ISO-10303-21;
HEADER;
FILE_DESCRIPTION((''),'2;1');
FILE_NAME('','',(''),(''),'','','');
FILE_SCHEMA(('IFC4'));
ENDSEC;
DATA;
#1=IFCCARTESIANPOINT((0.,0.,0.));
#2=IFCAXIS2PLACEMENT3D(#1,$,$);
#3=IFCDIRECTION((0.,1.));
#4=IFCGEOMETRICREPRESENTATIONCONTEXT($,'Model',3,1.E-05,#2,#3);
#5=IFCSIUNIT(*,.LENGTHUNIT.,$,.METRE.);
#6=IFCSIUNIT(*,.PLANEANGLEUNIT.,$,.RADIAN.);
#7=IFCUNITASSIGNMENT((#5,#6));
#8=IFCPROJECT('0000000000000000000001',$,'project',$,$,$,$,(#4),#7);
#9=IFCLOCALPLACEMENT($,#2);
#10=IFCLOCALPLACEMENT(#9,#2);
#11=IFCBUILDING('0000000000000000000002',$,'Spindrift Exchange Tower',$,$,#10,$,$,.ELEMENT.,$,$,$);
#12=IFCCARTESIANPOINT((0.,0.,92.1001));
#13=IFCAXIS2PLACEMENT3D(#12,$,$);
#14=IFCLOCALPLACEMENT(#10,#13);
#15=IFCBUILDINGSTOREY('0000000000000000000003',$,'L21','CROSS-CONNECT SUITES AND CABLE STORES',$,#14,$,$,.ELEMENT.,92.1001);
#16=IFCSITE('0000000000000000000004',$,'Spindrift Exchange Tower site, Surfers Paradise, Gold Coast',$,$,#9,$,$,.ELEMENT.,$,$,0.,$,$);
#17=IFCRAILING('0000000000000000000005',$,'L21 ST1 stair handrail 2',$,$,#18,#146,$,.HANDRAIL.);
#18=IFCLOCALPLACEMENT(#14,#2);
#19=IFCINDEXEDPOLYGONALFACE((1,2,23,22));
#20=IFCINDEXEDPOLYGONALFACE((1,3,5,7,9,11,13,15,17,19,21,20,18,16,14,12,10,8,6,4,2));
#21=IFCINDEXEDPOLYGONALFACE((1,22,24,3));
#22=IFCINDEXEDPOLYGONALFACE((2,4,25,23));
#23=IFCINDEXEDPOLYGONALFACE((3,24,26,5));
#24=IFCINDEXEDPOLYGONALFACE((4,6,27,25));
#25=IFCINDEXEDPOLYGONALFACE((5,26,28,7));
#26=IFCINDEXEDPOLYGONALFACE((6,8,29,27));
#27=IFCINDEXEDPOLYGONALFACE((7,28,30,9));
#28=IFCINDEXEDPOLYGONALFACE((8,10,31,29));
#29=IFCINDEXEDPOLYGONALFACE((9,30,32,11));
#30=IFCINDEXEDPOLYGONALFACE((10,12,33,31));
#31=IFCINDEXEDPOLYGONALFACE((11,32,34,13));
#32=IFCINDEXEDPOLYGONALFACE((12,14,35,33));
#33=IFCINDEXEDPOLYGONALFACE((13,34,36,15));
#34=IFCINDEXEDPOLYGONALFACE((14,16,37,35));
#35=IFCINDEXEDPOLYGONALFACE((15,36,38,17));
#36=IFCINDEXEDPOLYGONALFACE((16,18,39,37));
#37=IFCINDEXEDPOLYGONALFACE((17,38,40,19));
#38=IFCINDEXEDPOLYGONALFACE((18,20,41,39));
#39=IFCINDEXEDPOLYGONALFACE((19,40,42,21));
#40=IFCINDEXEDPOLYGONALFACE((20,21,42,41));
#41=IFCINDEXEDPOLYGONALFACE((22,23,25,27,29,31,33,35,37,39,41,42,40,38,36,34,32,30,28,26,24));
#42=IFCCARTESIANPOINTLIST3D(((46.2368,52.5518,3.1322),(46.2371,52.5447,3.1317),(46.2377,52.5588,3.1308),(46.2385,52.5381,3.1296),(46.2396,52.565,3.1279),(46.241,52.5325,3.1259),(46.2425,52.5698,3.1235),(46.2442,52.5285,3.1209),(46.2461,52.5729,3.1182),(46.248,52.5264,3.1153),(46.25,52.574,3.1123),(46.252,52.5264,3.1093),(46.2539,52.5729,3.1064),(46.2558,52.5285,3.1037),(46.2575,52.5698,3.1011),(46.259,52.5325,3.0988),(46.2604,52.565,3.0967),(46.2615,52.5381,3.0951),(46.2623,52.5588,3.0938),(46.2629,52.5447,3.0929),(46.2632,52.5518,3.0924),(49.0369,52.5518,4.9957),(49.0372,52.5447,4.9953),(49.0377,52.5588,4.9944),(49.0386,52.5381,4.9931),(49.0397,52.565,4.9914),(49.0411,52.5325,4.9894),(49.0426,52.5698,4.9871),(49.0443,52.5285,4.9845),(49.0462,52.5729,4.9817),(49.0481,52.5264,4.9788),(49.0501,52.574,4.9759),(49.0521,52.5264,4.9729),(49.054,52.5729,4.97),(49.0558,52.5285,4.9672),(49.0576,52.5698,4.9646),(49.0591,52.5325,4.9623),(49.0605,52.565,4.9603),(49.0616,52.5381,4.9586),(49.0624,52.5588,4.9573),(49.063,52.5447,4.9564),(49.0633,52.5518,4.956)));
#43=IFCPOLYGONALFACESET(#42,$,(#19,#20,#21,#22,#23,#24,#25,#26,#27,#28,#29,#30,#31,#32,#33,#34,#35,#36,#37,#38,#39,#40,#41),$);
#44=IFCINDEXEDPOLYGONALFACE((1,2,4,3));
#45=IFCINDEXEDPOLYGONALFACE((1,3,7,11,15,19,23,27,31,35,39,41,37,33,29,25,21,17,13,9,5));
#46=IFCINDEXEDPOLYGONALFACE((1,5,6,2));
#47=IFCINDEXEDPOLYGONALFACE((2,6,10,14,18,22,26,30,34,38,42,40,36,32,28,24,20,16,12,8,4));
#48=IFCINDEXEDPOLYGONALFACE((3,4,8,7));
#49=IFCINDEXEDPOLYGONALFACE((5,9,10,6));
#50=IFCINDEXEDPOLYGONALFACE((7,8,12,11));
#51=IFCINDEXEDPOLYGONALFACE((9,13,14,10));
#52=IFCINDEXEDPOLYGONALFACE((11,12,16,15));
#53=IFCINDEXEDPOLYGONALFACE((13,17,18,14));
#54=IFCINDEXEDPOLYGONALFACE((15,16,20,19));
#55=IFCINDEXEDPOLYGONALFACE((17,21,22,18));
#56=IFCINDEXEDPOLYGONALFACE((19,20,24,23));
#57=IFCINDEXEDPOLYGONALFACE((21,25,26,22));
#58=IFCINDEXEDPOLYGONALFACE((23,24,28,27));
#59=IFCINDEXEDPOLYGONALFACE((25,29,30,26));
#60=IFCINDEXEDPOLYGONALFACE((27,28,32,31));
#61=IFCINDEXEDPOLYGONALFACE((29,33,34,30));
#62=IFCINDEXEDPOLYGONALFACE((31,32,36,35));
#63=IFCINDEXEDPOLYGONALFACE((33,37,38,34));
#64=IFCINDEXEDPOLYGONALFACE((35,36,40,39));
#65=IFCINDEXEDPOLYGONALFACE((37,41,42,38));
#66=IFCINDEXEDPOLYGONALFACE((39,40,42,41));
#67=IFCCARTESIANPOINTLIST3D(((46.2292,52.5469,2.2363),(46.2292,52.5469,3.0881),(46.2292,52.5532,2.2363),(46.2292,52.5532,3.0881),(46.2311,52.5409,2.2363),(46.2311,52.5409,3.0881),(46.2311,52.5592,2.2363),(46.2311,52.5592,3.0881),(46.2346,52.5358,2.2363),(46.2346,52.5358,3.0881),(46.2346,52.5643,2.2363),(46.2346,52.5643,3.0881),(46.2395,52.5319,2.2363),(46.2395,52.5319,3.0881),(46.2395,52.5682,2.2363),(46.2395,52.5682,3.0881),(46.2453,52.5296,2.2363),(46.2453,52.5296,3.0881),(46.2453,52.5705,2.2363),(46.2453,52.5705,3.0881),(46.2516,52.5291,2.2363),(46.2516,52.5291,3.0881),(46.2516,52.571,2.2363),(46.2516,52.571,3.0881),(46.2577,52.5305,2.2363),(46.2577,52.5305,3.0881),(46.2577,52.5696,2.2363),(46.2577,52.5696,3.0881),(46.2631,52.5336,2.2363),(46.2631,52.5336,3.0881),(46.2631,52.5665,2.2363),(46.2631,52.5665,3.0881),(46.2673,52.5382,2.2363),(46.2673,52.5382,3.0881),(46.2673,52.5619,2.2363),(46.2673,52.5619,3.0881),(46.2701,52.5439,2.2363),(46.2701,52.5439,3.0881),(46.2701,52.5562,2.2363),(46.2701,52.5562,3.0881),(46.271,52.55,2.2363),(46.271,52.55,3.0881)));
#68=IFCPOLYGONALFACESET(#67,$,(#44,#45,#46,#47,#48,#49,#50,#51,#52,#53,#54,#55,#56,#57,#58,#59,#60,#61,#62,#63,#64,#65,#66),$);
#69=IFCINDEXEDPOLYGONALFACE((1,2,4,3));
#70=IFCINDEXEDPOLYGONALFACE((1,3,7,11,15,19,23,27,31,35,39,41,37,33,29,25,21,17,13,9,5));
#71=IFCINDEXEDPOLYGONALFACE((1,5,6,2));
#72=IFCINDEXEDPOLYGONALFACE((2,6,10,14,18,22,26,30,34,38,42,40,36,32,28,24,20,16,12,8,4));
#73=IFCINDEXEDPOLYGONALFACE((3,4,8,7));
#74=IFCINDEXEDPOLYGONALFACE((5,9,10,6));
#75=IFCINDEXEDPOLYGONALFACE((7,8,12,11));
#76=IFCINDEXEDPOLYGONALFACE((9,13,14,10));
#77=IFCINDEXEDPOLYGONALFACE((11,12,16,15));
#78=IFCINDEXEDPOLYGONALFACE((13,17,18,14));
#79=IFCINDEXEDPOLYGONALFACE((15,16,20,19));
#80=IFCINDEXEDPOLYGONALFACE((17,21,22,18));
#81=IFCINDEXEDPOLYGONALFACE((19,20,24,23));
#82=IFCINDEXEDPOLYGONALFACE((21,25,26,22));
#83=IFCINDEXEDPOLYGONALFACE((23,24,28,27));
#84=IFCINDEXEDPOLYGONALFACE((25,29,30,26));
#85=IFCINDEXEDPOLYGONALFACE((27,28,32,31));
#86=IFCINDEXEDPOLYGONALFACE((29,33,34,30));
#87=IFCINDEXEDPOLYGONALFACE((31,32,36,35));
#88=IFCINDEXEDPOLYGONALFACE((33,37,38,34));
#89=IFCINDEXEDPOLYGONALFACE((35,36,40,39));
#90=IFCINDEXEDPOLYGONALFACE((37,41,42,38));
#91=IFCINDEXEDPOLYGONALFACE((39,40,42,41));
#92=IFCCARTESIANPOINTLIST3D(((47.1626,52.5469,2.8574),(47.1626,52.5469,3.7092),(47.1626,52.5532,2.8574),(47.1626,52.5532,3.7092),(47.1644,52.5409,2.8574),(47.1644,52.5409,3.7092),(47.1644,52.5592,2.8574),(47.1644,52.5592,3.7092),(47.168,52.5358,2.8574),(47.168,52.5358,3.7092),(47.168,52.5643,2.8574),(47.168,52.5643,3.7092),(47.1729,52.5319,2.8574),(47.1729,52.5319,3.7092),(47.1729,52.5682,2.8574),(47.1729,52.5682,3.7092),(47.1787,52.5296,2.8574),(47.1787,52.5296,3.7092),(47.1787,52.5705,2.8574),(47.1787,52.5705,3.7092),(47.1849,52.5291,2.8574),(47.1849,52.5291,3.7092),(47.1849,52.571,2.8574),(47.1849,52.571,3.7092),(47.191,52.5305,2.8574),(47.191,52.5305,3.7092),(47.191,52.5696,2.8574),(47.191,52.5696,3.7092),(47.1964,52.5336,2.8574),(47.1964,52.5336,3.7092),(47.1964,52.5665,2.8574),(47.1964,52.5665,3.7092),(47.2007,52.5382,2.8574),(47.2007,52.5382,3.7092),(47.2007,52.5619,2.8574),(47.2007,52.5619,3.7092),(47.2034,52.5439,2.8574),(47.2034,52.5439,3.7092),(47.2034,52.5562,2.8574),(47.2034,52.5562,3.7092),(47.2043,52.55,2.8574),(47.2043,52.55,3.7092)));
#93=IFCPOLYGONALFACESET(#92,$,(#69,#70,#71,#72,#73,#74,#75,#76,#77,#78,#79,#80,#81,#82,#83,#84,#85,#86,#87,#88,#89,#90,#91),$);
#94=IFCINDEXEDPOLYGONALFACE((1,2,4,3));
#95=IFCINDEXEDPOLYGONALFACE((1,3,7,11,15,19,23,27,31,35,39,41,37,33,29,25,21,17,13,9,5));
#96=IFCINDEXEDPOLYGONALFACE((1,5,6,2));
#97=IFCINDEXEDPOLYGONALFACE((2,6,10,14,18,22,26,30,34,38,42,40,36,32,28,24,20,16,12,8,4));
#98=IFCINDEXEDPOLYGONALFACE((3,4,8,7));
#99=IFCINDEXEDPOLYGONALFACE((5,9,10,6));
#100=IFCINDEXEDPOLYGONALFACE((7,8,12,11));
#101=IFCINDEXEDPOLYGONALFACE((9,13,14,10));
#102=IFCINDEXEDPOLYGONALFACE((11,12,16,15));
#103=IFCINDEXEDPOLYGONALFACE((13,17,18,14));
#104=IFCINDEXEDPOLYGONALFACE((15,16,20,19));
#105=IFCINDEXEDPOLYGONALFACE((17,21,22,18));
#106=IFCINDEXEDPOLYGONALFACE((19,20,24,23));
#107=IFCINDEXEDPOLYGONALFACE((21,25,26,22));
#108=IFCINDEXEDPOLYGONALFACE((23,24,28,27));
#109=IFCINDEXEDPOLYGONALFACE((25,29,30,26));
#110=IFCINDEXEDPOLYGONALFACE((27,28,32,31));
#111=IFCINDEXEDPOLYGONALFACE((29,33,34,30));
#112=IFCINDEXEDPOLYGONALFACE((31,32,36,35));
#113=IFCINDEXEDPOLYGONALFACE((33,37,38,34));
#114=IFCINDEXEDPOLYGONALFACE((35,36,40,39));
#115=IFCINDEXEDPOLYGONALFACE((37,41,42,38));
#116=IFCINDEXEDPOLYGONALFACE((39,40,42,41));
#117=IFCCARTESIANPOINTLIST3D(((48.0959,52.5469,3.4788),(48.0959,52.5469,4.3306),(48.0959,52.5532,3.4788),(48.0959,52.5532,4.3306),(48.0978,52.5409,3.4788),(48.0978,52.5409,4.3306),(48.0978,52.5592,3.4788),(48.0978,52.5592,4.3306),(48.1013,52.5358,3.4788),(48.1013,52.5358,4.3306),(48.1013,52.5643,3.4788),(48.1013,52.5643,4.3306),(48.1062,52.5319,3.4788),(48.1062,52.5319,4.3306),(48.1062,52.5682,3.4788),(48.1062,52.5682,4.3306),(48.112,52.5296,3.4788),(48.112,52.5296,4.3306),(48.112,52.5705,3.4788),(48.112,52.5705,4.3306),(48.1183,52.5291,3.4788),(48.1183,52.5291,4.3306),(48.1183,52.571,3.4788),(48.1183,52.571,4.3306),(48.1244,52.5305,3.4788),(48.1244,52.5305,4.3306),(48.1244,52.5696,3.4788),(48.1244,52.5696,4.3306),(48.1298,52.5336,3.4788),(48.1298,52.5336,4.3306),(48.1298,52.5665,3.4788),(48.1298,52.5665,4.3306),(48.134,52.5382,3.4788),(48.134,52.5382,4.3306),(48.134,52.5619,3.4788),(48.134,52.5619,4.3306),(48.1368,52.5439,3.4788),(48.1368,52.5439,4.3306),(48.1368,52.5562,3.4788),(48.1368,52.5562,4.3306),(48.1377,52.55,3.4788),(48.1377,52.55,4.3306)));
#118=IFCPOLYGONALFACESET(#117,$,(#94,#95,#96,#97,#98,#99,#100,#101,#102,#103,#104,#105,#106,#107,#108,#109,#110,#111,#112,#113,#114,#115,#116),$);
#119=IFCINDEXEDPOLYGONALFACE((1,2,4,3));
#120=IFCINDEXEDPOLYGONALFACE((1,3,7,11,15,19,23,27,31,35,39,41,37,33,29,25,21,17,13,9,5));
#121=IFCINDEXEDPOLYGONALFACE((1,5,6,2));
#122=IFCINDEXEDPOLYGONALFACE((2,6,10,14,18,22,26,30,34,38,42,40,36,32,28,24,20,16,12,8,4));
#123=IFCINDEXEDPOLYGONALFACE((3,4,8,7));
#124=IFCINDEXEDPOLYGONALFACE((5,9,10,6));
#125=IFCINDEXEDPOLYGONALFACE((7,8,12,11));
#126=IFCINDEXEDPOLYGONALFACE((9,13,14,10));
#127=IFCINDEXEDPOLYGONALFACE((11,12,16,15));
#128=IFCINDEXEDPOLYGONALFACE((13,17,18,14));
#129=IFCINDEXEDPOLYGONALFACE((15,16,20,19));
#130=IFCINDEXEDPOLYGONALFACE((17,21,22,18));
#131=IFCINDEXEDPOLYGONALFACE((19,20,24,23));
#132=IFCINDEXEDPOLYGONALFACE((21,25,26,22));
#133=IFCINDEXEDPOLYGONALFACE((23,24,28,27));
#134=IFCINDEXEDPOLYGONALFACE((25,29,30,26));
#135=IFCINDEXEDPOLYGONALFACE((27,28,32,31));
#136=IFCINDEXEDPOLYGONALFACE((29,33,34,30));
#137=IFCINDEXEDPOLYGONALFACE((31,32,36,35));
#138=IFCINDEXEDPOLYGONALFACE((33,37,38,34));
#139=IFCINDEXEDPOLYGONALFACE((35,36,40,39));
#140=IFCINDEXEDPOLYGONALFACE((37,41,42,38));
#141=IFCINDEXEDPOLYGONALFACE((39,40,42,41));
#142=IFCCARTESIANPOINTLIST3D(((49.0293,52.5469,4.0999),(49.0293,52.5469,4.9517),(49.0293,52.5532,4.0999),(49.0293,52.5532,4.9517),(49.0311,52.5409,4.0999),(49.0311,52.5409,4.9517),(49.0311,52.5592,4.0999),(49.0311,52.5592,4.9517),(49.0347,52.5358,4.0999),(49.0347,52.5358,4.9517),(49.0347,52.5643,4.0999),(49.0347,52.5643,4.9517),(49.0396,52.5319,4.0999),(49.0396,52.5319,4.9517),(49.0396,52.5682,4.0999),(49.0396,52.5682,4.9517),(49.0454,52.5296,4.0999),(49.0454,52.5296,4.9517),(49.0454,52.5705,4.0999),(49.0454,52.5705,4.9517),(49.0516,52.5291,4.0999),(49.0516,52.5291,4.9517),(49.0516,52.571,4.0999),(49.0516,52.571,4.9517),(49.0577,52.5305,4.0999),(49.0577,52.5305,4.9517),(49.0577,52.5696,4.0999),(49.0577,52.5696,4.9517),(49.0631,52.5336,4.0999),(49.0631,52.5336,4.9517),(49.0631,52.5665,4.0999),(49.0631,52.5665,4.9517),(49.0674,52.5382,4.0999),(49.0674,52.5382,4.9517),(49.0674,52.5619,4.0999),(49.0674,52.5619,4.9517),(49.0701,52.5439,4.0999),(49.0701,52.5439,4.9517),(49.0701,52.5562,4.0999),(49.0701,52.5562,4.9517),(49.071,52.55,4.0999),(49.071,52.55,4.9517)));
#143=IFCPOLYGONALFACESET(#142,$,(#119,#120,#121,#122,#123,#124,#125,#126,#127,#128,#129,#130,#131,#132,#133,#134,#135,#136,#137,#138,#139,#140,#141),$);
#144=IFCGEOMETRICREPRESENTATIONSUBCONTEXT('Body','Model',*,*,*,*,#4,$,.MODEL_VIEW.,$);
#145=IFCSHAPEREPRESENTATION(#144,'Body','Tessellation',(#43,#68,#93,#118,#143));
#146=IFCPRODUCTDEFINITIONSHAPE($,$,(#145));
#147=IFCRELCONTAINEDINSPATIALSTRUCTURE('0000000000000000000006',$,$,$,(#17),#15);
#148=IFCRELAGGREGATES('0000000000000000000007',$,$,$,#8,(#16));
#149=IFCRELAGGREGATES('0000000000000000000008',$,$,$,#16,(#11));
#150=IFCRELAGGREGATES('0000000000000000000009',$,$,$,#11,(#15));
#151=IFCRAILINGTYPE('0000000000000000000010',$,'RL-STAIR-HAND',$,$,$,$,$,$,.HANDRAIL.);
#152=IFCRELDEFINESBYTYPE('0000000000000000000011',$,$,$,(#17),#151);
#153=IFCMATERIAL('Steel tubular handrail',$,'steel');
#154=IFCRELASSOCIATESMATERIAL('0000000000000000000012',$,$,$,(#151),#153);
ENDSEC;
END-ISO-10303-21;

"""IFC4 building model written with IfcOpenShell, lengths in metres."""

from ifc_helpers import new_model, si_unit, direction, frame, origin, origin_2d, place, context, subcontext, project, spatial, circle, extrude, material, type_object, element, save


model = new_model("IFC4")

# Units and contexts
model_context = context("Model", 3, precision=1e-05, world=origin(), true_north=direction((0.0, 1.0)))
body_context = subcontext(model_context, "Body", "Model", "MODEL_VIEW")
ifc_project = project(units=[si_unit("LENGTHUNIT", "METRE"), si_unit("PLANEANGLEUNIT", "RADIAN")], contexts=[model_context])

# Site, building, storey
site_placement = place(None, origin())
site = spatial("IfcSite", under=ifc_project, at=site_placement, Name="Spindrift Exchange Tower site, Surfers Paradise, Gold Coast", CompositionType="ELEMENT", RefElevation=0.0)
building_placement = place(site_placement, origin())
building = spatial("IfcBuilding", under=site, at=building_placement, Name="Spindrift Exchange Tower", CompositionType="ELEMENT")
storey_placement = place(building_placement, frame((0.0, 0.0, 92.1001)))
storey = spatial("IfcBuildingStorey", under=building, at=storey_placement, Name="L21", Description="CROSS-CONNECT SUITES AND CABLE STORES", CompositionType="ELEMENT", Elevation=92.1001)

# Railing
ifc_material_1 = material(Name="Steel tubular handrail", Category="steel")
railing_type = type_object("IfcRailingType", Name="RL-STAIR-HAND", PredefinedType="HANDRAIL", material=ifc_material_1)
railing_placement = place(storey_placement, frame((46.25, 52.55, 2.2363)))
element("IfcRailing", 1, at=railing_placement, inside=storey, type_object=railing_type, Name="L21 ST1 stair handrail 2", PredefinedType="HANDRAIL", context=body_context, shape_type="SweptSolid", body=[
    extrude(circle(Radius=0.0239, at=origin_2d()), frame((0.0, 0.0, 0.876), z_axis=(0.832486, 0.0, 0.554047), x_axis=(0.0, 1.0, 0.0)), (0.0, 0.0, 1.0), 3.3635),
    extrude(circle(Radius=0.021, at=origin_2d()), origin(), (0.0, 0.0, 1.0), 0.8518),
    extrude(circle(Radius=0.021, at=origin_2d()), frame((0.9333, 0.0, 0.6211)), (0.0, 0.0, 1.0), 0.8518),
    extrude(circle(Radius=0.021, at=origin_2d()), frame((1.8667, 0.0, 1.2424)), (0.0, 0.0, 1.0), 0.8518),
    extrude(circle(Radius=0.021, at=origin_2d()), frame((2.8, 0.0, 1.8635)), (0.0, 0.0, 1.0), 0.8518),
])

save(model, "model.ifc")
